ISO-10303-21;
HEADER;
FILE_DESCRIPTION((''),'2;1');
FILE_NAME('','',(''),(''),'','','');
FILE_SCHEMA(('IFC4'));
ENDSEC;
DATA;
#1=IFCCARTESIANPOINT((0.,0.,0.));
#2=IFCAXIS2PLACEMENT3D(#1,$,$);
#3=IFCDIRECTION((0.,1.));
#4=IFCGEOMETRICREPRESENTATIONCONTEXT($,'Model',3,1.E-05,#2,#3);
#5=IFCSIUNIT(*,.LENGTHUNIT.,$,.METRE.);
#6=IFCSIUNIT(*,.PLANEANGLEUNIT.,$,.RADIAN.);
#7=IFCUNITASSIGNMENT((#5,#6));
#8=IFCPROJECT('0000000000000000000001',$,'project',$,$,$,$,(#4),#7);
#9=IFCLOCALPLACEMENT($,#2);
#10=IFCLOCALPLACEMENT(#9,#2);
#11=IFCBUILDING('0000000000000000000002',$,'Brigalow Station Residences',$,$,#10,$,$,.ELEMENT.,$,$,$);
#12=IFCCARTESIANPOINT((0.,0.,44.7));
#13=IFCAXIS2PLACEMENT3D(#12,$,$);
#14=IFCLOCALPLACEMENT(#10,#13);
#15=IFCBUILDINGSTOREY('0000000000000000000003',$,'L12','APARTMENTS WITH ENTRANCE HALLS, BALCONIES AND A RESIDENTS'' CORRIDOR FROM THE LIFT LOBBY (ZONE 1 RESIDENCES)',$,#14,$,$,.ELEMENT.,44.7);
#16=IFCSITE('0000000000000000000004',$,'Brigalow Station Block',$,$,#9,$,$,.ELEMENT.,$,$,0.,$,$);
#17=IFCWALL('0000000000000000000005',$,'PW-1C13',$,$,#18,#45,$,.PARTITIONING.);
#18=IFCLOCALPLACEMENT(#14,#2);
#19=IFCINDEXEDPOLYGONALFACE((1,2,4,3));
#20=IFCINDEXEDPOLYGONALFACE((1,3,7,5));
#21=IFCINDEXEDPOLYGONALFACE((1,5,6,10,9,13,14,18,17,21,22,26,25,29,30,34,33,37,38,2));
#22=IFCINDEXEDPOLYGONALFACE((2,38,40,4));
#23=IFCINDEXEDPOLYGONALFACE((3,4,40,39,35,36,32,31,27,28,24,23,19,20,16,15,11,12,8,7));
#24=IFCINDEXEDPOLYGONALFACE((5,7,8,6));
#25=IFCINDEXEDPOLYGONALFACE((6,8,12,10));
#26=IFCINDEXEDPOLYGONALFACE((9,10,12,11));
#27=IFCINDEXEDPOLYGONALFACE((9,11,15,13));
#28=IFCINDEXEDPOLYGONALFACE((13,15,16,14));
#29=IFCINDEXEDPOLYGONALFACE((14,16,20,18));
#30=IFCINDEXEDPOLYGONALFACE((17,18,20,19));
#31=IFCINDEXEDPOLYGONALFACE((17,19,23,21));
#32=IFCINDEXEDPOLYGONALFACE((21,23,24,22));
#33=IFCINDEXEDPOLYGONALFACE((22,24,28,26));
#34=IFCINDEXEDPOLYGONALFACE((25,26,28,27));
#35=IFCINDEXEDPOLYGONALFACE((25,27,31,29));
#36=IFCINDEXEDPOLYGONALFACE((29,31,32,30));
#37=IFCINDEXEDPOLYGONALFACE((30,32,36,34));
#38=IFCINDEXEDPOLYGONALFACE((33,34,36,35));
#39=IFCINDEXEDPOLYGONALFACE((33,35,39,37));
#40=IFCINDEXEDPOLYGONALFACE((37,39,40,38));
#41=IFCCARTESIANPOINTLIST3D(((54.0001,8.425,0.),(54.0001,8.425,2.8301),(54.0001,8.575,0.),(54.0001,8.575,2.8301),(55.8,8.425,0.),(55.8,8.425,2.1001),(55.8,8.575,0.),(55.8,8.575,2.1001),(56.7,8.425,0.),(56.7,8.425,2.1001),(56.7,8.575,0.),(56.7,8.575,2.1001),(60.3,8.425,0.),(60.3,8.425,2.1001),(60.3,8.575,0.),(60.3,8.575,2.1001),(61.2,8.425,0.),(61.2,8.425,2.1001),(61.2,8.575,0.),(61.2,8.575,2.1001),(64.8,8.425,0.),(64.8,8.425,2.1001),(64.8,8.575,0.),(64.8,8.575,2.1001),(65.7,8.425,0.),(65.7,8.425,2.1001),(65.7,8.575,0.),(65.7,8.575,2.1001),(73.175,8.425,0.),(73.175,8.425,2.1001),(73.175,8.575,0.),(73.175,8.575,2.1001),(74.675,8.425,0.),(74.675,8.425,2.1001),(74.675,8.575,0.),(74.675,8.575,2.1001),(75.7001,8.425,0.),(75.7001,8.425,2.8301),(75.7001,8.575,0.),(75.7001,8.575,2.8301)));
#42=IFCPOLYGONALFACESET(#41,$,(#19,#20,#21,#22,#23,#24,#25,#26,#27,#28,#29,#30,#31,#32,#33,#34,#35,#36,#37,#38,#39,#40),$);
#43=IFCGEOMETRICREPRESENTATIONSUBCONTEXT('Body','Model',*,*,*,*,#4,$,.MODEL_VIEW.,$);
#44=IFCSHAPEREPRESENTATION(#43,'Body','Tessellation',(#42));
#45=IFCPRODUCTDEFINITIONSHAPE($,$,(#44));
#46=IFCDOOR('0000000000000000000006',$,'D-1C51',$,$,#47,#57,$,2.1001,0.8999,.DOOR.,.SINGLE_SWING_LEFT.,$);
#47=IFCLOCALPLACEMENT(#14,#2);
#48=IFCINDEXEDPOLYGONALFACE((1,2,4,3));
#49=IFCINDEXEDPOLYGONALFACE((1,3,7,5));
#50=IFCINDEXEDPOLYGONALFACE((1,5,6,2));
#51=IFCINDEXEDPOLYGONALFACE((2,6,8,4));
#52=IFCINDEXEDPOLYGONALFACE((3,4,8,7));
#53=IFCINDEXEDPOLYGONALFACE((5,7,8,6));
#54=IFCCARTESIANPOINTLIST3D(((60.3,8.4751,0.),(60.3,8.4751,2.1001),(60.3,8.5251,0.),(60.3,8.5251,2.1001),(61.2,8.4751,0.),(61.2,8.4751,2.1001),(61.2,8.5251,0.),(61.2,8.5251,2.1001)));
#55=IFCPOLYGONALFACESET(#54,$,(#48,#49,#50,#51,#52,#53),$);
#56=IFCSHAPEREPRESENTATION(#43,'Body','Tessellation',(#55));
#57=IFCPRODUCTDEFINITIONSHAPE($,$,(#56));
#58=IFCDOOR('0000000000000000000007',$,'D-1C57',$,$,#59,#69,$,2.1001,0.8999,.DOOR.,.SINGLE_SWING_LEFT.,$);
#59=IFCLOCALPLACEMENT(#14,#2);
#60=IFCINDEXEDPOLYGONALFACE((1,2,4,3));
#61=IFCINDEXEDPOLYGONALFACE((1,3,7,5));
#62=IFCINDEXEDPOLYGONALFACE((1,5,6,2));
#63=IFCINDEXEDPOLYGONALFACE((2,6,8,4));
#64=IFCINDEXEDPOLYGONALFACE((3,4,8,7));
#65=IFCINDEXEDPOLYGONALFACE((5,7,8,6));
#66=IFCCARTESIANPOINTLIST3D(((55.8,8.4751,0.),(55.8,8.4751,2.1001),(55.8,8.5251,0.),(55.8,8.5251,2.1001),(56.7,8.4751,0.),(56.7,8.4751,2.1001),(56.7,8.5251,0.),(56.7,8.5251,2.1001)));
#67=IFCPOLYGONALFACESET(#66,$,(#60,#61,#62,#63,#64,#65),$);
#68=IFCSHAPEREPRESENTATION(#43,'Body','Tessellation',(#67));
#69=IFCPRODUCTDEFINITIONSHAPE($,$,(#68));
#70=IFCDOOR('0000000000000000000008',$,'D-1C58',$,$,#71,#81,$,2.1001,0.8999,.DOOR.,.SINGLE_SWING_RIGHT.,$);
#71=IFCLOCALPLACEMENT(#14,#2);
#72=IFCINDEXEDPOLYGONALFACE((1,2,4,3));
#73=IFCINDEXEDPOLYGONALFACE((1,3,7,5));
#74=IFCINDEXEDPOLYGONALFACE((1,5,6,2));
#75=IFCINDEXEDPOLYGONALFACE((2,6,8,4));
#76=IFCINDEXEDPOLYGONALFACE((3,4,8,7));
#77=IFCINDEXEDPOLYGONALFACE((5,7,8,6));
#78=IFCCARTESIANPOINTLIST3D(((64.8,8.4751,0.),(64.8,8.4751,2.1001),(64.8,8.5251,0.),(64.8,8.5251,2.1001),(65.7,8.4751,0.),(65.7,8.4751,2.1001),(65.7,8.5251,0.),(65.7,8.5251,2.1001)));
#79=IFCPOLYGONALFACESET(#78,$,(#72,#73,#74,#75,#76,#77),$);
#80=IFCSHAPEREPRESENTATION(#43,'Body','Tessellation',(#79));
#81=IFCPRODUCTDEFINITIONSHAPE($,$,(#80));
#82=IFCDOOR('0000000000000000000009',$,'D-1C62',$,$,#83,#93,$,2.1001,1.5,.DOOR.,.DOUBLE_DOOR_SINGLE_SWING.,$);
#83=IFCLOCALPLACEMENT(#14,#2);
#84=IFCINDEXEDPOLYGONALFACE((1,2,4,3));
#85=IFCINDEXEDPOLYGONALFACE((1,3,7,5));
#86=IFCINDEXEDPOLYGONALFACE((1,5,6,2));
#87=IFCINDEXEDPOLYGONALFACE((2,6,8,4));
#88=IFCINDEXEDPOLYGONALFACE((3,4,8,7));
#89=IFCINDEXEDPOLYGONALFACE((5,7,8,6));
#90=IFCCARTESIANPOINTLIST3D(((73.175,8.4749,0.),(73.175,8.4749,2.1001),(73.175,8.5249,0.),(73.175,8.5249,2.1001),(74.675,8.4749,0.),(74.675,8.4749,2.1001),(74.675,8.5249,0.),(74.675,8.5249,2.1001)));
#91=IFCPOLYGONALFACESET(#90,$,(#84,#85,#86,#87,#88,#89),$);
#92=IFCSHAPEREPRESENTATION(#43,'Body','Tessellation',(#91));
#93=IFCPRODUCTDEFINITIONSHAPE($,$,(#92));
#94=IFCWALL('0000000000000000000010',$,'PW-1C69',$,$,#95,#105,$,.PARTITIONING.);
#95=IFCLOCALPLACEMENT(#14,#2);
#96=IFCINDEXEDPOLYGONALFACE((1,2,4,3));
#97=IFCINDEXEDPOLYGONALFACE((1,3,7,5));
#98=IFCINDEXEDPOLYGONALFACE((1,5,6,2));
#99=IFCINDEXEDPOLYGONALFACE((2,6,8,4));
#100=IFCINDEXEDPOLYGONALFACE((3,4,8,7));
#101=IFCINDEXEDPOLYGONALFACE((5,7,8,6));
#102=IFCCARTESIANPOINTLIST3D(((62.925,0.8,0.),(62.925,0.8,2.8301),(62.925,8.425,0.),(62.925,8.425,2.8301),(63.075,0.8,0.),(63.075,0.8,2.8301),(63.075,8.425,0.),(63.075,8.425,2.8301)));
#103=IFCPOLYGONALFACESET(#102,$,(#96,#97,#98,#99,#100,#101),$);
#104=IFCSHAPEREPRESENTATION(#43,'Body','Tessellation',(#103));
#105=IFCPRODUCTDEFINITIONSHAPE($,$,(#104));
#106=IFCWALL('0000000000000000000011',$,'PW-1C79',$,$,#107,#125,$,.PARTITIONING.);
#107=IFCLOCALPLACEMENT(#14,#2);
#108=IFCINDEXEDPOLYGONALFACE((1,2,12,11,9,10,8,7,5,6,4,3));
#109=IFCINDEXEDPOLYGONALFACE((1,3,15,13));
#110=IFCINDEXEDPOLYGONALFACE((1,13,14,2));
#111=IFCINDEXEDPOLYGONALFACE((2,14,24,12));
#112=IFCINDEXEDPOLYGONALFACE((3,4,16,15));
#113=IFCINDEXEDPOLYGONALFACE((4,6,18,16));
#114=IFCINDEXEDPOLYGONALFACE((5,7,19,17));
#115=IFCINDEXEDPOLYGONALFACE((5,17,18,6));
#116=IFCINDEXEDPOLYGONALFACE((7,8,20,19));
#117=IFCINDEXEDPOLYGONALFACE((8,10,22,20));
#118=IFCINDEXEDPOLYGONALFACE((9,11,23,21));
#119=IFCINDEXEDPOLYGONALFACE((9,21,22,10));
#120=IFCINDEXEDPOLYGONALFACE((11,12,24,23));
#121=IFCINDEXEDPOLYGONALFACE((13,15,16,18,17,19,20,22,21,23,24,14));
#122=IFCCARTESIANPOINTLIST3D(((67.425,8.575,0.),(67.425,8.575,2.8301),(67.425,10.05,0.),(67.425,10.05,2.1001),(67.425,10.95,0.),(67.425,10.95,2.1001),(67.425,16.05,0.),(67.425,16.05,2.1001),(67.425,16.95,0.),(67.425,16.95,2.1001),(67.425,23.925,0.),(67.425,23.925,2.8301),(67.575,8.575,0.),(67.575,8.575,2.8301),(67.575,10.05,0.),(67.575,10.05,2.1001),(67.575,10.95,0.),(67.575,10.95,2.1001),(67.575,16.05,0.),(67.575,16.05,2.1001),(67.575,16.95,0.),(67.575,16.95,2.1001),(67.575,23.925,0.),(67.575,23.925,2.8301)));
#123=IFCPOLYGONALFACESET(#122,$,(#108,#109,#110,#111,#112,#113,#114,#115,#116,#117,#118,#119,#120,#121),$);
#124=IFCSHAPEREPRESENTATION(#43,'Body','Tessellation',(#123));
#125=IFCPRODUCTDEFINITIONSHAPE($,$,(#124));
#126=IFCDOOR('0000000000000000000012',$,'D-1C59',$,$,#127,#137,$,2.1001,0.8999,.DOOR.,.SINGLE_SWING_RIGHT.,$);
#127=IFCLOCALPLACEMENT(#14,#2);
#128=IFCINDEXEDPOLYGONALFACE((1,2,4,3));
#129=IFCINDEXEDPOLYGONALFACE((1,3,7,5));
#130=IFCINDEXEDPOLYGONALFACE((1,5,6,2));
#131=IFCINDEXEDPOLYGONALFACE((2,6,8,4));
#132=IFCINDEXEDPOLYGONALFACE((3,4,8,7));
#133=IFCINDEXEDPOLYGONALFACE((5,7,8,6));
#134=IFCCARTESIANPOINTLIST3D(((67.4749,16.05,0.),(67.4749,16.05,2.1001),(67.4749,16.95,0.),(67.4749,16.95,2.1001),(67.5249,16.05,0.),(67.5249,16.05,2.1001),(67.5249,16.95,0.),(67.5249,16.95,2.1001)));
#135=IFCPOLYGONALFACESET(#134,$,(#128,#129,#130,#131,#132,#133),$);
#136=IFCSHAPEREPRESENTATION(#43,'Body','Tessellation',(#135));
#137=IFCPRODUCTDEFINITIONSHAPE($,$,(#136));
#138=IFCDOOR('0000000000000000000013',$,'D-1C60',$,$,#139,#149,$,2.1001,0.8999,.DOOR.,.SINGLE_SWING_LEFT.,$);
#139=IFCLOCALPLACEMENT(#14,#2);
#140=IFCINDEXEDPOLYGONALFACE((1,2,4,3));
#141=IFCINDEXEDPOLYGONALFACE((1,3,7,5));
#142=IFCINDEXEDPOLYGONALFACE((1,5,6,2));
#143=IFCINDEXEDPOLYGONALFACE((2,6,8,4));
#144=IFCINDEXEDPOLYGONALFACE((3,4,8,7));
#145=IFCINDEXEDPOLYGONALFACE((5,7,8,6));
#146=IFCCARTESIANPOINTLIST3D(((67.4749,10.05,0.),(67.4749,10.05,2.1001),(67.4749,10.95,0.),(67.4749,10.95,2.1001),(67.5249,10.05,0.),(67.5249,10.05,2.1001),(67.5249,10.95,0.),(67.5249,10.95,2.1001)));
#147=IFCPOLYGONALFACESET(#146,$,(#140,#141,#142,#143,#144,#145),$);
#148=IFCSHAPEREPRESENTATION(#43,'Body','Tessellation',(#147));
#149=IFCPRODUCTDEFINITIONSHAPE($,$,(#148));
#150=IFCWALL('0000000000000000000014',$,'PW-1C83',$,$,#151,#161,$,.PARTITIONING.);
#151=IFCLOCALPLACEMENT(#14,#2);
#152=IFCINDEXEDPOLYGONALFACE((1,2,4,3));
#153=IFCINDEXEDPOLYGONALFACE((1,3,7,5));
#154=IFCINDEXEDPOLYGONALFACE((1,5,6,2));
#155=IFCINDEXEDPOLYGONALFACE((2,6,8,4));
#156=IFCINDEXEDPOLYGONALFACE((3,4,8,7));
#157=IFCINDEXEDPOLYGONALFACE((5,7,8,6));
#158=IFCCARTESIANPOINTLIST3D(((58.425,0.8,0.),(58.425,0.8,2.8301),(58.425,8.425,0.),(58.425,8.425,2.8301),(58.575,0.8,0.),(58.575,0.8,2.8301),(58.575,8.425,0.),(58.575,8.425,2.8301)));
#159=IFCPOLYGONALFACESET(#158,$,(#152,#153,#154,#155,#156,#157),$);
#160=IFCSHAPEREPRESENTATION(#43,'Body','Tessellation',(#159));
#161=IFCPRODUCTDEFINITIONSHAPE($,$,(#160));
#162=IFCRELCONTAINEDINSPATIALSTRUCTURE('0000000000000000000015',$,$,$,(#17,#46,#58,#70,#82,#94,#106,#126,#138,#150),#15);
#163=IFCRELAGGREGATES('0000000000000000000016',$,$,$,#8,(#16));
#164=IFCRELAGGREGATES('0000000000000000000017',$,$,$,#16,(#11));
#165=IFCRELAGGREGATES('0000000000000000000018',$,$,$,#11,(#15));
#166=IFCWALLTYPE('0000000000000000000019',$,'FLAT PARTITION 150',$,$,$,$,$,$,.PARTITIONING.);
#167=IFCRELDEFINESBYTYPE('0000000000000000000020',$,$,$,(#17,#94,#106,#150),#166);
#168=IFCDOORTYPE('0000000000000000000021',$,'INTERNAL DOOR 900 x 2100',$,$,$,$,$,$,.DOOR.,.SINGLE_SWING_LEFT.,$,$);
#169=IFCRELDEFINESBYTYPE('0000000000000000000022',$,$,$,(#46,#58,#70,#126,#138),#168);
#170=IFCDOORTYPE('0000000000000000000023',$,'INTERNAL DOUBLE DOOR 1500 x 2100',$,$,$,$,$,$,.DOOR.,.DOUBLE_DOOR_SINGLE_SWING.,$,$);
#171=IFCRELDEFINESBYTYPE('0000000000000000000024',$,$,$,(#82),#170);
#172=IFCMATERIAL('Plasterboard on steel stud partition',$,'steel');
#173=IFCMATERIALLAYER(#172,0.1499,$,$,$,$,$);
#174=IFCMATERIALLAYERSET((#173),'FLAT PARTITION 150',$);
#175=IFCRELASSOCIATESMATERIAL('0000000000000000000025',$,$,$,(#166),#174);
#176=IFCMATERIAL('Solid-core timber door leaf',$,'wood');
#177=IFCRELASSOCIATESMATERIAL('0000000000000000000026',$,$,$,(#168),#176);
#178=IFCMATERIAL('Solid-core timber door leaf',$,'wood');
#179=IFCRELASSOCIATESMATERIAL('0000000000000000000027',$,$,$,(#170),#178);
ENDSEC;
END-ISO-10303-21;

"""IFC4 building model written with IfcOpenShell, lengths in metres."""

from ifc_helpers import new_model, si_unit, direction, frame, frame_2d, origin, place, context, subcontext, project, spatial, rectangle, extrude, material, layer, layer_set, type_object, element, fill, save


model = new_model("IFC4")

# Units and contexts
model_context = context("Model", 3, precision=1e-05, world=origin(), true_north=direction((0.0, 1.0)))
body_context = subcontext(model_context, "Body", "Model", "MODEL_VIEW")
ifc_project = project(units=[si_unit("LENGTHUNIT", "METRE"), si_unit("PLANEANGLEUNIT", "RADIAN")], contexts=[model_context])

# Site, building, storey
site_placement = place(None, origin())
site = spatial("IfcSite", under=ifc_project, at=site_placement, Name="Brigalow Station Block", CompositionType="ELEMENT", RefElevation=0.0)
building_placement = place(site_placement, origin())
building = spatial("IfcBuilding", under=site, at=building_placement, Name="Brigalow Station Residences", CompositionType="ELEMENT")
storey_placement = place(building_placement, frame((0.0, 0.0, 44.7)))
storey = spatial("IfcBuildingStorey", under=building, at=storey_placement, Name="L12", Description="APARTMENTS WITH ENTRANCE HALLS, BALCONIES AND A RESIDENTS' CORRIDOR FROM THE LIFT LOBBY (ZONE 1 RESIDENCES)", CompositionType="ELEMENT", Elevation=44.7)

# Wall, openings, doors
ifc_material_1 = material(Name="Plasterboard on steel stud partition", Category="steel")
ifc_layer_1 = layer(ifc_material_1, 0.1499)
ifc_layer_set_1 = layer_set([ifc_layer_1], Name="FLAT PARTITION 150")
wall_type_1 = type_object("IfcWallType", Name="FLAT PARTITION 150", PredefinedType="PARTITIONING", material=ifc_layer_set_1)
wall_1_placement = place(storey_placement, frame((54.0, 8.5, 0.0), z_axis=(0.0, 0.0, 1.0), x_axis=(1.0, 0.0, 0.0)))
wall_1 = element("IfcWall", 1, at=wall_1_placement, inside=storey, type_object=wall_type_1, Name="PW-1C13", PredefinedType="PARTITIONING", context=body_context, shape_type="SweptSolid", body=[
    extrude(rectangle(XDim=21.7, YDim=0.1499, at=frame_2d((10.8501, 0.0))), origin(), (0.0, 0.0, 1.0), 2.8301),
])
opening_1_placement = place(wall_1_placement, frame((6.3, 0.0, 0.0)))
opening_1 = element("IfcOpeningElement", 2, at=opening_1_placement, cuts=wall_1, PredefinedType="OPENING", context=body_context, shape_type="SweptSolid", body=[
    extrude(rectangle(XDim=0.8999, YDim=2.1001, at=frame_2d((0.45, 1.05))), frame((0.0, 0.085, 0.0), z_axis=(0.0, -1.0, 0.0), x_axis=(1.0, 0.0, 0.0)), (0.0, 0.0, 1.0), 0.1699),
])
opening_2_placement = place(wall_1_placement, frame((1.8, 0.0, 0.0)))
opening_2 = element("IfcOpeningElement", 3, at=opening_2_placement, cuts=wall_1, PredefinedType="OPENING", context=body_context, shape_type="SweptSolid", body=[
    extrude(rectangle(XDim=0.8999, YDim=2.1001, at=frame_2d((0.45, 1.05))), frame((0.0, 0.085, 0.0), z_axis=(0.0, -1.0, 0.0), x_axis=(1.0, 0.0, 0.0)), (0.0, 0.0, 1.0), 0.1699),
])
opening_3_placement = place(wall_1_placement, frame((10.8, 0.0, 0.0)))
opening_3 = element("IfcOpeningElement", 4, at=opening_3_placement, cuts=wall_1, PredefinedType="OPENING", context=body_context, shape_type="SweptSolid", body=[
    extrude(rectangle(XDim=0.8999, YDim=2.1001, at=frame_2d((0.45, 1.05))), frame((0.0, 0.085, 0.0), z_axis=(0.0, -1.0, 0.0), x_axis=(1.0, 0.0, 0.0)), (0.0, 0.0, 1.0), 0.1699),
])
opening_4_placement = place(wall_1_placement, frame((19.175, 0.0, 0.0)))
opening_4 = element("IfcOpeningElement", 5, at=opening_4_placement, cuts=wall_1, PredefinedType="OPENING", context=body_context, shape_type="SweptSolid", body=[
    extrude(rectangle(XDim=1.5, YDim=2.1001, at=frame_2d((0.75, 1.05))), frame((0.0, 0.085, 0.0), z_axis=(0.0, -1.0, 0.0), x_axis=(1.0, 0.0, 0.0)), (0.0, 0.0, 1.0), 0.1699),
])
ifc_material_2 = material(Name="Solid-core timber door leaf", Category="wood")
door_type_1 = type_object("IfcDoorType", Name="INTERNAL DOOR 900 x 2100", OperationType="SINGLE_SWING_LEFT", PredefinedType="DOOR", material=ifc_material_2)
door_1_placement = place(opening_1_placement, frame((0.8999, 0.0, 0.0), z_axis=(0.0, 0.0, 1.0), x_axis=(-1.0, 0.0, 0.0)))
door_1 = element("IfcDoor", 6, at=door_1_placement, inside=storey, type_object=door_type_1, Name="D-1C51", OperationType="SINGLE_SWING_LEFT", OverallHeight=2.1001, OverallWidth=0.8999, PredefinedType="DOOR", context=body_context, shape_type="SweptSolid", body=[
    extrude(rectangle(XDim=0.8999, YDim=2.1001, at=frame_2d((0.45, 1.05))), frame((0.0, 0.0249, 0.0), z_axis=(0.0, -1.0, 0.0), x_axis=(1.0, 0.0, 0.0)), (0.0, 0.0, 1.0), 0.05),
])
fill(opening_1, door_1)
door_2_placement = place(opening_2_placement, frame((0.8999, 0.0, 0.0), z_axis=(0.0, 0.0, 1.0), x_axis=(-1.0, 0.0, 0.0)))
door_2 = element("IfcDoor", 7, at=door_2_placement, inside=storey, type_object=door_type_1, Name="D-1C57", OperationType="SINGLE_SWING_LEFT", OverallHeight=2.1001, OverallWidth=0.8999, PredefinedType="DOOR", context=body_context, shape_type="SweptSolid", body=[
    extrude(rectangle(XDim=0.8999, YDim=2.1001, at=frame_2d((0.45, 1.05))), frame((0.0, 0.0249, 0.0), z_axis=(0.0, -1.0, 0.0), x_axis=(1.0, 0.0, 0.0)), (0.0, 0.0, 1.0), 0.05),
])
fill(opening_2, door_2)
door_3_placement = place(opening_3_placement, frame((0.8999, 0.0, 0.0), z_axis=(0.0, 0.0, 1.0), x_axis=(-1.0, 0.0, 0.0)))
door_3 = element("IfcDoor", 8, at=door_3_placement, inside=storey, type_object=door_type_1, Name="D-1C58", OperationType="SINGLE_SWING_RIGHT", OverallHeight=2.1001, OverallWidth=0.8999, PredefinedType="DOOR", context=body_context, shape_type="SweptSolid", body=[
    extrude(rectangle(XDim=0.8999, YDim=2.1001, at=frame_2d((0.45, 1.05))), frame((0.0, 0.0249, 0.0), z_axis=(0.0, -1.0, 0.0), x_axis=(1.0, 0.0, 0.0)), (0.0, 0.0, 1.0), 0.05),
])
fill(opening_3, door_3)
ifc_material_3 = material(Name="Solid-core timber door leaf", Category="wood")
door_type_2 = type_object("IfcDoorType", Name="INTERNAL DOUBLE DOOR 1500 x 2100", OperationType="DOUBLE_DOOR_SINGLE_SWING", PredefinedType="DOOR", material=ifc_material_3)
door_4_placement = place(opening_4_placement, origin())
door_4 = element("IfcDoor", 9, at=door_4_placement, inside=storey, type_object=door_type_2, Name="D-1C62", OperationType="DOUBLE_DOOR_SINGLE_SWING", OverallHeight=2.1001, OverallWidth=1.5, PredefinedType="DOOR", context=body_context, shape_type="SweptSolid", body=[
    extrude(rectangle(XDim=1.5, YDim=2.1001, at=frame_2d((0.75, 1.05))), frame((0.0, 0.0249, 0.0), z_axis=(0.0, -1.0, 0.0), x_axis=(1.0, 0.0, 0.0)), (0.0, 0.0, 1.0), 0.05),
])
fill(opening_4, door_4)

# Wall
wall_2_placement = place(storey_placement, frame((63.0, 0.8, 0.0), z_axis=(0.0, 0.0, 1.0), x_axis=(0.0, 1.0, 0.0)))
element("IfcWall", 10, at=wall_2_placement, inside=storey, type_object=wall_type_1, Name="PW-1C69", PredefinedType="PARTITIONING", context=body_context, shape_type="SweptSolid", body=[
    extrude(rectangle(XDim=7.625, YDim=0.1499, at=frame_2d((3.8125, 0.0))), origin(), (0.0, 0.0, 1.0), 2.8301),
])

# Wall, openings, doors
wall_3_placement = place(storey_placement, frame((67.5, 8.575, 0.0), z_axis=(0.0, 0.0, 1.0), x_axis=(0.0, 1.0, 0.0)))
wall_3 = element("IfcWall", 11, at=wall_3_placement, inside=storey, type_object=wall_type_1, Name="PW-1C79", PredefinedType="PARTITIONING", context=body_context, shape_type="SweptSolid", body=[
    extrude(rectangle(XDim=15.3501, YDim=0.1499, at=frame_2d((7.675, 0.0))), origin(), (0.0, 0.0, 1.0), 2.8301),
])
opening_5_placement = place(wall_3_placement, frame((7.4751, 0.0, 0.0)))
opening_5 = element("IfcOpeningElement", 12, at=opening_5_placement, cuts=wall_3, PredefinedType="OPENING", context=body_context, shape_type="SweptSolid", body=[
    extrude(rectangle(XDim=0.8999, YDim=2.1001, at=frame_2d((0.45, 1.05))), frame((0.0, 0.085, 0.0), z_axis=(0.0, -1.0, 0.0), x_axis=(1.0, 0.0, 0.0)), (0.0, 0.0, 1.0), 0.1699),
])
opening_6_placement = place(wall_3_placement, frame((1.4751, 0.0, 0.0)))
opening_6 = element("IfcOpeningElement", 13, at=opening_6_placement, cuts=wall_3, PredefinedType="OPENING", context=body_context, shape_type="SweptSolid", body=[
    extrude(rectangle(XDim=0.8999, YDim=2.1001, at=frame_2d((0.45, 1.05))), frame((0.0, 0.085, 0.0), z_axis=(0.0, -1.0, 0.0), x_axis=(1.0, 0.0, 0.0)), (0.0, 0.0, 1.0), 0.1699),
])
door_5_placement = place(opening_5_placement, frame((0.8999, 0.0, 0.0), z_axis=(0.0, 0.0, 1.0), x_axis=(-1.0, 0.0, 0.0)))
door_5 = element("IfcDoor", 14, at=door_5_placement, inside=storey, type_object=door_type_1, Name="D-1C59", OperationType="SINGLE_SWING_RIGHT", OverallHeight=2.1001, OverallWidth=0.8999, PredefinedType="DOOR", context=body_context, shape_type="SweptSolid", body=[
    extrude(rectangle(XDim=0.8999, YDim=2.1001, at=frame_2d((0.45, 1.05))), frame((0.0, 0.0249, 0.0), z_axis=(0.0, -1.0, 0.0), x_axis=(1.0, 0.0, 0.0)), (0.0, 0.0, 1.0), 0.05),
])
fill(opening_5, door_5)
door_6_placement = place(opening_6_placement, frame((0.8999, 0.0, 0.0), z_axis=(0.0, 0.0, 1.0), x_axis=(-1.0, 0.0, 0.0)))
door_6 = element("IfcDoor", 15, at=door_6_placement, inside=storey, type_object=door_type_1, Name="D-1C60", OperationType="SINGLE_SWING_LEFT", OverallHeight=2.1001, OverallWidth=0.8999, PredefinedType="DOOR", context=body_context, shape_type="SweptSolid", body=[
    extrude(rectangle(XDim=0.8999, YDim=2.1001, at=frame_2d((0.45, 1.05))), frame((0.0, 0.0249, 0.0), z_axis=(0.0, -1.0, 0.0), x_axis=(1.0, 0.0, 0.0)), (0.0, 0.0, 1.0), 0.05),
])
fill(opening_6, door_6)

# Wall
wall_4_placement = place(storey_placement, frame((58.5, 0.8, 0.0), z_axis=(0.0, 0.0, 1.0), x_axis=(0.0, 1.0, 0.0)))
element("IfcWall", 16, at=wall_4_placement, inside=storey, type_object=wall_type_1, Name="PW-1C83", PredefinedType="PARTITIONING", context=body_context, shape_type="SweptSolid", body=[
    extrude(rectangle(XDim=7.625, YDim=0.1499, at=frame_2d((3.8125, 0.0))), origin(), (0.0, 0.0, 1.0), 2.8301),
])

save(model, "model.ifc")
